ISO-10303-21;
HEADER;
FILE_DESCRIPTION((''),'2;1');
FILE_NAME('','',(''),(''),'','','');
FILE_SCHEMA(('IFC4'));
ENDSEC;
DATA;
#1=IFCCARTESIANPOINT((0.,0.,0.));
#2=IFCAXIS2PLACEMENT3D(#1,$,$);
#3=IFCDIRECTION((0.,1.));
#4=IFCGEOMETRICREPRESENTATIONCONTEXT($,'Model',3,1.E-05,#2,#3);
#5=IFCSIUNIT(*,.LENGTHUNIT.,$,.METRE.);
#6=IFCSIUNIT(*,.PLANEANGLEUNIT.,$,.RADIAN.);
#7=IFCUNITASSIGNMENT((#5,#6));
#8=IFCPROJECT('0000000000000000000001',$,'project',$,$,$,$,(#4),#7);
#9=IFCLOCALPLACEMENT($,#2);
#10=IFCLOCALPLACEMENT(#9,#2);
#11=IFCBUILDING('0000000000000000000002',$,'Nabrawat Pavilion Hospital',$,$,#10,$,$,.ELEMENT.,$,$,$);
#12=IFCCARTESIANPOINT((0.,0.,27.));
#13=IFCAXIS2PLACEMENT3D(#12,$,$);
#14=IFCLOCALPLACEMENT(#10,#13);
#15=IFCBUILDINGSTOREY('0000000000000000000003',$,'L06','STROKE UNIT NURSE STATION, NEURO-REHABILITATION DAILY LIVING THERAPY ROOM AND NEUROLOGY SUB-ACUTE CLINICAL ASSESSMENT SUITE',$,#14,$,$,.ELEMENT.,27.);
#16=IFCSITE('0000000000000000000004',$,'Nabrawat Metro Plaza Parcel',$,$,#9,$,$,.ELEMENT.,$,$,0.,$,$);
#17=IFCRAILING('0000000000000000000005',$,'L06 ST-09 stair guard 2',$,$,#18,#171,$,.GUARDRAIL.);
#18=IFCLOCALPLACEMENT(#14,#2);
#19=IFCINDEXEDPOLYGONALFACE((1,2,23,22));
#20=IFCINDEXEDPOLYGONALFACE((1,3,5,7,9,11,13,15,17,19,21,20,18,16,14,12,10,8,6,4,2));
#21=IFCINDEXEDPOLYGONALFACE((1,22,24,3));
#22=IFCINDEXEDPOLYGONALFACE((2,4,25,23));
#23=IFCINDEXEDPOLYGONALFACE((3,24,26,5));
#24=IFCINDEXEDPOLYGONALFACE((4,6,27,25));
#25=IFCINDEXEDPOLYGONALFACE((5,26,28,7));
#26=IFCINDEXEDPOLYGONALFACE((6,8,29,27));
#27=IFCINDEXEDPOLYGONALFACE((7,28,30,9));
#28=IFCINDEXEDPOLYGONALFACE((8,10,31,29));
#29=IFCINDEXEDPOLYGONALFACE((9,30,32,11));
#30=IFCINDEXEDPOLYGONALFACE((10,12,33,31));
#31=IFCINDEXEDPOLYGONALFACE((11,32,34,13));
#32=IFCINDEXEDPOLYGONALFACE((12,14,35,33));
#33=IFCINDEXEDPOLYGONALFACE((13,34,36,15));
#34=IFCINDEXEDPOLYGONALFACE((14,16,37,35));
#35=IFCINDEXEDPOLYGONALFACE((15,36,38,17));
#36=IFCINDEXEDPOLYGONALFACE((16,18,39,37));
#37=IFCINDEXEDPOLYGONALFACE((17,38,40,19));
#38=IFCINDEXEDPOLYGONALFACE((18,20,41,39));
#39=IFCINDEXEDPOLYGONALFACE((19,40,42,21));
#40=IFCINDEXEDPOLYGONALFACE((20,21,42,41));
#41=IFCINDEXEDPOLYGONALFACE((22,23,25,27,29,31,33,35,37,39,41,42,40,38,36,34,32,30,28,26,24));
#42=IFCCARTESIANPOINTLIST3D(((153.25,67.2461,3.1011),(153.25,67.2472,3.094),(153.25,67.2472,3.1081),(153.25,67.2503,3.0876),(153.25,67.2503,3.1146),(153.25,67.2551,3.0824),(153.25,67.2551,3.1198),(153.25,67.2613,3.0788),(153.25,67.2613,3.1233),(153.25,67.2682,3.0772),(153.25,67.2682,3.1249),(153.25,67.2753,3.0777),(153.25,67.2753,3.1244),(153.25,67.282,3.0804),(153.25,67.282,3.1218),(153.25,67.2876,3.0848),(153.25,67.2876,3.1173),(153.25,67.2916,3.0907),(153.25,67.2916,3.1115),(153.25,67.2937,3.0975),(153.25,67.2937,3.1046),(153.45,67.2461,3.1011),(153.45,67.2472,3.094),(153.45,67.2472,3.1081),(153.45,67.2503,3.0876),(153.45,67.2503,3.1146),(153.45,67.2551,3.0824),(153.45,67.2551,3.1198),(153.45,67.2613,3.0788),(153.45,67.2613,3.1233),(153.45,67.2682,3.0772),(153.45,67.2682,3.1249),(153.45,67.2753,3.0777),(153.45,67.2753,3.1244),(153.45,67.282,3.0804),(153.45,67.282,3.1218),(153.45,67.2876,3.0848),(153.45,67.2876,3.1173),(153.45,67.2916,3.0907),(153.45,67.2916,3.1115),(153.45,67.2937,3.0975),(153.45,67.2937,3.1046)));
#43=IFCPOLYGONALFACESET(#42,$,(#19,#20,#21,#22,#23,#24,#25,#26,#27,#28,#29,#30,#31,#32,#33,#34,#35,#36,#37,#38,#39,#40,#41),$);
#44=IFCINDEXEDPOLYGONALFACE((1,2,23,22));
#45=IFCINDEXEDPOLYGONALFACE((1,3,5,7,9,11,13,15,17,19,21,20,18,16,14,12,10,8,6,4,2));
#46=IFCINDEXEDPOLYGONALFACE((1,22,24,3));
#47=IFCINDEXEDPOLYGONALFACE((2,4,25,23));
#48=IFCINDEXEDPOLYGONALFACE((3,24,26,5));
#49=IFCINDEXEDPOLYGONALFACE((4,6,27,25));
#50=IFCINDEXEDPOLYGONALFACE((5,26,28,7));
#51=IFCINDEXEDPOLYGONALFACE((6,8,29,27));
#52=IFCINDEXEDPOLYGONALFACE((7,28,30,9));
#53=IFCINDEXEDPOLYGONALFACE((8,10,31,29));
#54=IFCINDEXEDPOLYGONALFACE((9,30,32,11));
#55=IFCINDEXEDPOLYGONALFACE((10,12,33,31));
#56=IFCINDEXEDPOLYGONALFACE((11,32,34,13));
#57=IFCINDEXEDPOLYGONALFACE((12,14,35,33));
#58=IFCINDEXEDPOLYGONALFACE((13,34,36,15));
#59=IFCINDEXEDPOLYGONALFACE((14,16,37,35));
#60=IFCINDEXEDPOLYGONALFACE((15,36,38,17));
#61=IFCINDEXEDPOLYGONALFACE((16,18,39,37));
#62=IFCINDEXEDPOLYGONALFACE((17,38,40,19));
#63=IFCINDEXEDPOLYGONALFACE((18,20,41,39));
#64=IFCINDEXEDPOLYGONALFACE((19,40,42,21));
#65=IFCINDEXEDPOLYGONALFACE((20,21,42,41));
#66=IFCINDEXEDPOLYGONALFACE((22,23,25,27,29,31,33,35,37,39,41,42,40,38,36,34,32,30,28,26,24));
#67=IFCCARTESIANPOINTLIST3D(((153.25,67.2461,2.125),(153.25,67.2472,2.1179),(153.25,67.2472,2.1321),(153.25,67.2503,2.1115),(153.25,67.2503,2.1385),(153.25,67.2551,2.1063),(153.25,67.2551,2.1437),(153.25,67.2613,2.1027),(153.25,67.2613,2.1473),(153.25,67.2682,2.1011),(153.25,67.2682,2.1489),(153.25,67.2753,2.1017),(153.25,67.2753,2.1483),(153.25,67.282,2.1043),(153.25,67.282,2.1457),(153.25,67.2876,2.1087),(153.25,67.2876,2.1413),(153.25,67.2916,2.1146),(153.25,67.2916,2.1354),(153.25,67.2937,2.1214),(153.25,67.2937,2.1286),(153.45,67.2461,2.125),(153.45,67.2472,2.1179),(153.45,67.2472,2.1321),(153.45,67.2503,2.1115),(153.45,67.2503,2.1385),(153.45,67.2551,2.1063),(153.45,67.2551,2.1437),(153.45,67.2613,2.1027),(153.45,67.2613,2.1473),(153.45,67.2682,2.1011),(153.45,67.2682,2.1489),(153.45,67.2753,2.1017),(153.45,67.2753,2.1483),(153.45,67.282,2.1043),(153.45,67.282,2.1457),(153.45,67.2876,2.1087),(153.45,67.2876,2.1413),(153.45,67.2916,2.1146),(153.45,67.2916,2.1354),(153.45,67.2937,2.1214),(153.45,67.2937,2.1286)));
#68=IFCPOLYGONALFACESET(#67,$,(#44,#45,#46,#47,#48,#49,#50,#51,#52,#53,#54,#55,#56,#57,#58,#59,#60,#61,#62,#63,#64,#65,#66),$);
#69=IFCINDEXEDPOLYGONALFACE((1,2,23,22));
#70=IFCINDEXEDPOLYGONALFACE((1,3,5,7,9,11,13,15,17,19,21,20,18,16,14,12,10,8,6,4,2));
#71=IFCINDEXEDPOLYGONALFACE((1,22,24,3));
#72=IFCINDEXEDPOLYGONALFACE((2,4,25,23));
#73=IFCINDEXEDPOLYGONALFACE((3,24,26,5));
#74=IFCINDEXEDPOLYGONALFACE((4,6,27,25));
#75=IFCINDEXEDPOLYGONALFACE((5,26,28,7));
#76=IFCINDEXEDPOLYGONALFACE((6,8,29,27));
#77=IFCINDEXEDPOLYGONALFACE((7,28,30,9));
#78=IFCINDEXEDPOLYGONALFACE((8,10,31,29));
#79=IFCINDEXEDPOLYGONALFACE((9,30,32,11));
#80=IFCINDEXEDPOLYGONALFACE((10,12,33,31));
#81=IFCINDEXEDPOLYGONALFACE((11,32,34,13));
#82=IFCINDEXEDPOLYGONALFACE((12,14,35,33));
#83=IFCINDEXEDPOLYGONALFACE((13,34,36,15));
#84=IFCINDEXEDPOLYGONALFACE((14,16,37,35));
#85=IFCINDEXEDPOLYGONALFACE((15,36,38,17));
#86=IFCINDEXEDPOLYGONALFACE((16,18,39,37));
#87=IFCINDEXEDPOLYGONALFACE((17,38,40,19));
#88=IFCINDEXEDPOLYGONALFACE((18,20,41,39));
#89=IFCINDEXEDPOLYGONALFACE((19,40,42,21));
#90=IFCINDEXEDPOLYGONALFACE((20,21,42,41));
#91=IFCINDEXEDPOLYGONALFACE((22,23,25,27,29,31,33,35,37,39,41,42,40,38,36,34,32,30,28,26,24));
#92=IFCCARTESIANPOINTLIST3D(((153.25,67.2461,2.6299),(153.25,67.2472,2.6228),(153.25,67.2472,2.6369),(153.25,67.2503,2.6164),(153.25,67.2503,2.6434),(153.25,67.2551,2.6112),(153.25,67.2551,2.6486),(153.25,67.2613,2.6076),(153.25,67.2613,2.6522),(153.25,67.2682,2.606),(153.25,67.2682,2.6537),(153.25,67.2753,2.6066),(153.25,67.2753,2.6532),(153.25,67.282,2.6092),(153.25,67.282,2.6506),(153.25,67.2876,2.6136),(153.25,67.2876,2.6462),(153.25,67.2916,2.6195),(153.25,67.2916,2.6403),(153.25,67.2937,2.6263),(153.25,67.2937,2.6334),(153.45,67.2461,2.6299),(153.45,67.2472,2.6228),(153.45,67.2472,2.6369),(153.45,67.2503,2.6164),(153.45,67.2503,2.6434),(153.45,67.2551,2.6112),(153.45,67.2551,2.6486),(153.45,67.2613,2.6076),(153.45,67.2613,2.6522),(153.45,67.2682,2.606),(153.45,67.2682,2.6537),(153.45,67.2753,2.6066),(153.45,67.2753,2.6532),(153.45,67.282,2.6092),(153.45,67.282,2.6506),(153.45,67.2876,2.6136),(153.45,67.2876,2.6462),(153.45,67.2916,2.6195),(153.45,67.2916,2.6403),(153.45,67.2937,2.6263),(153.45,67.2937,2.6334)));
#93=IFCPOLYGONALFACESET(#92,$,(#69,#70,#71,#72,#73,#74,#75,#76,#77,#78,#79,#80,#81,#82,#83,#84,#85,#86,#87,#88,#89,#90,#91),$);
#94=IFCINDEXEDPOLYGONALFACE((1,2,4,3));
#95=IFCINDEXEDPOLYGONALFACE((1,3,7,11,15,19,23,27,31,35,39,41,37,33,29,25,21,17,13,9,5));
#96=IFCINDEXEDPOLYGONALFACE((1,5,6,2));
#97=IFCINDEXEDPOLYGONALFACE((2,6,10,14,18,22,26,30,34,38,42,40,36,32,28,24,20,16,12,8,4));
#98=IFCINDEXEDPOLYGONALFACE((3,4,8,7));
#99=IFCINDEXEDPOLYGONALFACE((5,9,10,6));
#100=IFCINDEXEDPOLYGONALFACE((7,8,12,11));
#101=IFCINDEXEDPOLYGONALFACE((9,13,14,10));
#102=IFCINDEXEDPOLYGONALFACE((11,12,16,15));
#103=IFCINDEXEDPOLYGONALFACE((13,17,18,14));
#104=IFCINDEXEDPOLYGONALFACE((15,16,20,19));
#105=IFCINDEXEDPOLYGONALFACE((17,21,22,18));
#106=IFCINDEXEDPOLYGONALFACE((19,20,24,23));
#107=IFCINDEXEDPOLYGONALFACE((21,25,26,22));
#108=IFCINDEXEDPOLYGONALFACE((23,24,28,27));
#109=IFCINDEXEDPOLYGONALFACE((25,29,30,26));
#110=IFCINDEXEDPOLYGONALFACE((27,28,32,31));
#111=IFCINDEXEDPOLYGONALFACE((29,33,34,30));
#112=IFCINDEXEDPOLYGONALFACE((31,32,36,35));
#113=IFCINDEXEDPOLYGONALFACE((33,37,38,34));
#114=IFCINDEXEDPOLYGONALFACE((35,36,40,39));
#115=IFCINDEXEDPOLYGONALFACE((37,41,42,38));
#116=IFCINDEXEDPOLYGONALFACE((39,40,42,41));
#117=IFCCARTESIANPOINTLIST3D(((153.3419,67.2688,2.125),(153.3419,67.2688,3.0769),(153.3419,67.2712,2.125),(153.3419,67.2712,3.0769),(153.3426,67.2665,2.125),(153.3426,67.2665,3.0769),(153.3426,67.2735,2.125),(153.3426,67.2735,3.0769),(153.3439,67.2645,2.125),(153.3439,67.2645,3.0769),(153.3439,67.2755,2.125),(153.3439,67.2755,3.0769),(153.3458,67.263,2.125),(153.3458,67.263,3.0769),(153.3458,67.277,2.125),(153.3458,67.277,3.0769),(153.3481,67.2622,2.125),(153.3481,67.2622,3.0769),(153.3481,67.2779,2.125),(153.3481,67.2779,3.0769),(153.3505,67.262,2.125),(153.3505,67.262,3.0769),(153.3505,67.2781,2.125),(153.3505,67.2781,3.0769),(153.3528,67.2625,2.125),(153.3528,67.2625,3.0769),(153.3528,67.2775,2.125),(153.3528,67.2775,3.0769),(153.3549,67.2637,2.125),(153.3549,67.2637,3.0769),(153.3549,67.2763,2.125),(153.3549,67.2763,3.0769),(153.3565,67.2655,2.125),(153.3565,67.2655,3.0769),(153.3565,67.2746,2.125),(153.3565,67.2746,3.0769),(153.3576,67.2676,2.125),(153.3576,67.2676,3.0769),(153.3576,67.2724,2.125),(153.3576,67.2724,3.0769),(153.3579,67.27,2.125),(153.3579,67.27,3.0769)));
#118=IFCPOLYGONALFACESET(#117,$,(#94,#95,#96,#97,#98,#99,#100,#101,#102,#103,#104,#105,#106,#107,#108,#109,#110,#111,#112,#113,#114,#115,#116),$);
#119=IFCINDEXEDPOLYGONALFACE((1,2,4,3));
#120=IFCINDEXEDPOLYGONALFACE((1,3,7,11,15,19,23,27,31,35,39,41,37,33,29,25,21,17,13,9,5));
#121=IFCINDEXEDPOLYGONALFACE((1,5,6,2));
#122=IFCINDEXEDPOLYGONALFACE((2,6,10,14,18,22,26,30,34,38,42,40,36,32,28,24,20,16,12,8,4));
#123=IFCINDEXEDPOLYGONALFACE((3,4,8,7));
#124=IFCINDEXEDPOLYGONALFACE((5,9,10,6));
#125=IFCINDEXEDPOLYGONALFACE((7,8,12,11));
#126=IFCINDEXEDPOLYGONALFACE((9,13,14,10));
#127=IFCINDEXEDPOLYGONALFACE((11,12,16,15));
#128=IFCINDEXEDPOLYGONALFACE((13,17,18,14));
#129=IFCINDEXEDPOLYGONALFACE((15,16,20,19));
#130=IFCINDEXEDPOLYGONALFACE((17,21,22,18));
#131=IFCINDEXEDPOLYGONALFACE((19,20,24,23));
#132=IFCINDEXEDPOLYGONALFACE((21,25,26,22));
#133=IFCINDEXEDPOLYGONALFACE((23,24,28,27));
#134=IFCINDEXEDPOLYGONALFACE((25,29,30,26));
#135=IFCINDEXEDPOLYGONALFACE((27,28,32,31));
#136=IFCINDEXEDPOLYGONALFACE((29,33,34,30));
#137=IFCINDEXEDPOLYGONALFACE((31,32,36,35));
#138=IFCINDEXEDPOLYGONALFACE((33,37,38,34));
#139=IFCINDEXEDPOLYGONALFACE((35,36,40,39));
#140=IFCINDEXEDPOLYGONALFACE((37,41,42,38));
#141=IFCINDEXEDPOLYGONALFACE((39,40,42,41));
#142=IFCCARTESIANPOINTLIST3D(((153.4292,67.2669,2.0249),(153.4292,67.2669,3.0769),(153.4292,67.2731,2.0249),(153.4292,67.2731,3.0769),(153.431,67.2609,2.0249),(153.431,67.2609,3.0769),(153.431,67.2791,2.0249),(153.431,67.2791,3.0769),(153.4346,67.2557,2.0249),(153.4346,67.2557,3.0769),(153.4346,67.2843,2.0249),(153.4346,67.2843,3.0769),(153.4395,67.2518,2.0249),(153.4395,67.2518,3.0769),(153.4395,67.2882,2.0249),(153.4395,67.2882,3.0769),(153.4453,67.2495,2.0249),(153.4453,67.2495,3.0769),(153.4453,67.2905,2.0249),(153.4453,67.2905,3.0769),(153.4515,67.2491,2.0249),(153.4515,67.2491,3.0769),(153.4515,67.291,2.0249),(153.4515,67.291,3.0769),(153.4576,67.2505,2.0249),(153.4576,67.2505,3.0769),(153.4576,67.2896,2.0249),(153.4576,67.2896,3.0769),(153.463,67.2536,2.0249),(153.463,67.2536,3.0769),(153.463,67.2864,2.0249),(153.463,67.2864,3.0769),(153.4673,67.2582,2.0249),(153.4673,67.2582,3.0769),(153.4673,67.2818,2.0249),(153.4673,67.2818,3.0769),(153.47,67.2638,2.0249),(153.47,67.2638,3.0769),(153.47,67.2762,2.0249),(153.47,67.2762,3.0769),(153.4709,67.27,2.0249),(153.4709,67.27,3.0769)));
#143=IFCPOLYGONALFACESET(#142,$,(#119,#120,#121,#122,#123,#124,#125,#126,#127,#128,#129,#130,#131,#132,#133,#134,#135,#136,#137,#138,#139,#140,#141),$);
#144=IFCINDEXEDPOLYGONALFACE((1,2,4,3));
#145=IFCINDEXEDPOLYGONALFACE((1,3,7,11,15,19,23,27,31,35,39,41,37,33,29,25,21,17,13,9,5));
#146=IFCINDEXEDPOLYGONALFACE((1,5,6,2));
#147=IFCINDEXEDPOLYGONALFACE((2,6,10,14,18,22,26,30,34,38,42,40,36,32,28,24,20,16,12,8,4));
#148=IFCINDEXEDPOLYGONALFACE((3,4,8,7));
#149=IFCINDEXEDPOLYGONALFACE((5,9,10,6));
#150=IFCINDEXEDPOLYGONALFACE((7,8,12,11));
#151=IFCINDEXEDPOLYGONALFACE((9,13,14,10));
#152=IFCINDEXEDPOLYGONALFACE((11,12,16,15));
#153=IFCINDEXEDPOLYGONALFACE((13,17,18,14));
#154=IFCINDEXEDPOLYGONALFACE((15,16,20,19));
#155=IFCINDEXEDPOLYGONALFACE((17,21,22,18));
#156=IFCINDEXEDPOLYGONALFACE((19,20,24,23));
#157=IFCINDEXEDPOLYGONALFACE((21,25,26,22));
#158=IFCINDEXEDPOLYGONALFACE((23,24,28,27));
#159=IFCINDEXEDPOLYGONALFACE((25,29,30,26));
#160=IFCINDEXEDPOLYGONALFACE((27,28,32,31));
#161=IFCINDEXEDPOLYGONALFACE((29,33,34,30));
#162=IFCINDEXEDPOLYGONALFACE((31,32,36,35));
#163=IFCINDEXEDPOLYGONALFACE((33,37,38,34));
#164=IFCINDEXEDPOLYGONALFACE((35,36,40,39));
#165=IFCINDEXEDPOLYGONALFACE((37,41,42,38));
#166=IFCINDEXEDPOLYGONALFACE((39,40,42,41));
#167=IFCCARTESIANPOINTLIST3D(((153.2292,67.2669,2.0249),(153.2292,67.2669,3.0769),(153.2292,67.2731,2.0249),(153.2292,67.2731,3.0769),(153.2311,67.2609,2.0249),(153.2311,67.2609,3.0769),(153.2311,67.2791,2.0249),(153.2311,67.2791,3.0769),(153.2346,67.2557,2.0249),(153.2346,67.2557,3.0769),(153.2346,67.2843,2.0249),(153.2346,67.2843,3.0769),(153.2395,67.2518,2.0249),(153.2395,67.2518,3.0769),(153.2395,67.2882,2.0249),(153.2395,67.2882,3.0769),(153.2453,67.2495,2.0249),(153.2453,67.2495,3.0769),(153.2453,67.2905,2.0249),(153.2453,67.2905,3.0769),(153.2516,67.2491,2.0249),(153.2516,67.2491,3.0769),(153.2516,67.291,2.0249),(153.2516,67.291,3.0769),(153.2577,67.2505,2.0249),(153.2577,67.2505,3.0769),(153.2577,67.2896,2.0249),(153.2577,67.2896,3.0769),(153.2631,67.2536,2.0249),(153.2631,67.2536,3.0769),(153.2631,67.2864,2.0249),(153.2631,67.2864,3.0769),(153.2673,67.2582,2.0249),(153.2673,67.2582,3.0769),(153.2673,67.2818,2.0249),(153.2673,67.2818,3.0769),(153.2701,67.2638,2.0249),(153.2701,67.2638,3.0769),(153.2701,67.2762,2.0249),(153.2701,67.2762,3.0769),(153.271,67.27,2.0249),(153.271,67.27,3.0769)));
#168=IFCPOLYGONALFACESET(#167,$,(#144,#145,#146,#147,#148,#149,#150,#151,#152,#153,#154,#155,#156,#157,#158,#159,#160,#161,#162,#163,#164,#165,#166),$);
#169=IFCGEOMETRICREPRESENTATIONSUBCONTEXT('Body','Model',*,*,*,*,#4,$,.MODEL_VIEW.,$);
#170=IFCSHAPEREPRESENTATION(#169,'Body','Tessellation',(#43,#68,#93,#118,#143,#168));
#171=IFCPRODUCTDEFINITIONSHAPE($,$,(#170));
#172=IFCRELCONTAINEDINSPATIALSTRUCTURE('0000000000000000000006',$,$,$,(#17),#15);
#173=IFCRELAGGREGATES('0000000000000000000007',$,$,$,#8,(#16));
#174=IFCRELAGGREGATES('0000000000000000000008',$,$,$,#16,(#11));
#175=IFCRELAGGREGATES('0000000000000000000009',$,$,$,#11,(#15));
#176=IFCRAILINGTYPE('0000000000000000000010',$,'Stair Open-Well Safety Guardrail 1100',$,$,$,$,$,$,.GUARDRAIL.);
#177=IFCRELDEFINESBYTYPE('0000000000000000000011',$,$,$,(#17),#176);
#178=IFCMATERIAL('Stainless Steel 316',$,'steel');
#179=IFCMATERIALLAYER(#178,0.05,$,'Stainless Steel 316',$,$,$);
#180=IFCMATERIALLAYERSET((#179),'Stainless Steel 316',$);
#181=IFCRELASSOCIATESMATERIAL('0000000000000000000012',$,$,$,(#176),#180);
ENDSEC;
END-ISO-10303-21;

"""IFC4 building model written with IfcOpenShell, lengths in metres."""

from ifc_helpers import new_model, si_unit, direction, frame, origin, origin_2d, place, context, subcontext, project, spatial, circle, extrude, material, layer, layer_set, type_object, element, save


model = new_model("IFC4")

# Units and contexts
model_context = context("Model", 3, precision=1e-05, world=origin(), true_north=direction((0.0, 1.0)))
body_context = subcontext(model_context, "Body", "Model", "MODEL_VIEW")
ifc_project = project(units=[si_unit("LENGTHUNIT", "METRE"), si_unit("PLANEANGLEUNIT", "RADIAN")], contexts=[model_context])

# Site, building, storey
site_placement = place(None, origin())
site = spatial("IfcSite", under=ifc_project, at=site_placement, Name="Nabrawat Metro Plaza Parcel", CompositionType="ELEMENT", RefElevation=0.0)
building_placement = place(site_placement, origin())
building = spatial("IfcBuilding", under=site, at=building_placement, Name="Nabrawat Pavilion Hospital", CompositionType="ELEMENT")
storey_placement = place(building_placement, frame((0.0, 0.0, 27.0)))
storey = spatial("IfcBuildingStorey", under=building, at=storey_placement, Name="L06", Description="STROKE UNIT NURSE STATION, NEURO-REHABILITATION DAILY LIVING THERAPY ROOM AND NEUROLOGY SUB-ACUTE CLINICAL ASSESSMENT SUITE", CompositionType="ELEMENT", Elevation=27.0)

# Railing
ifc_material_1 = material(Name="Stainless Steel 316", Category="steel")
ifc_layer_1 = layer(ifc_material_1, 0.05, Name="Stainless Steel 316")
ifc_layer_set_1 = layer_set([ifc_layer_1], Name="Stainless Steel 316")
railing_type_1 = type_object("IfcRailingType", Name="Stair Open-Well Safety Guardrail 1100", PredefinedType="GUARDRAIL", material=ifc_layer_set_1)
railing_1_placement = place(storey_placement, frame((153.45, 67.27, 2.0249)))
element("IfcRailing", 1, at=railing_1_placement, inside=storey, type_object=railing_type_1, Name="L06 ST-09 stair guard 2", PredefinedType="GUARDRAIL", context=body_context, shape_type="SweptSolid", body=[
    extrude(circle(Radius=0.0239, at=origin_2d()), frame((0.0, 0.0, 1.0762), z_axis=(-1.0, 0.0, 0.0), x_axis=(0.0, -1.0, 0.0)), (0.0, 0.0, 1.0), 0.2),
    extrude(circle(Radius=0.0239, at=origin_2d()), frame((0.0, 0.0, 0.1001), z_axis=(-1.0, 0.0, 0.0), x_axis=(0.0, -1.0, 0.0)), (0.0, 0.0, 1.0), 0.2),
    extrude(circle(Radius=0.0239, at=origin_2d()), frame((0.0, 0.0, 0.605), z_axis=(-1.0, 0.0, 0.0), x_axis=(0.0, -1.0, 0.0)), (0.0, 0.0, 1.0), 0.2),
    extrude(circle(Radius=0.0081, at=origin_2d()), frame((-0.1001, 0.0, 0.1001)), (0.0, 0.0, 1.0), 0.9519),
    extrude(circle(Radius=0.021, at=origin_2d()), origin(), (0.0, 0.0, 1.0), 1.052),
    extrude(circle(Radius=0.021, at=origin_2d()), frame((-0.2, 0.0, 0.0)), (0.0, 0.0, 1.0), 1.052),
])

save(model, "model.ifc")
